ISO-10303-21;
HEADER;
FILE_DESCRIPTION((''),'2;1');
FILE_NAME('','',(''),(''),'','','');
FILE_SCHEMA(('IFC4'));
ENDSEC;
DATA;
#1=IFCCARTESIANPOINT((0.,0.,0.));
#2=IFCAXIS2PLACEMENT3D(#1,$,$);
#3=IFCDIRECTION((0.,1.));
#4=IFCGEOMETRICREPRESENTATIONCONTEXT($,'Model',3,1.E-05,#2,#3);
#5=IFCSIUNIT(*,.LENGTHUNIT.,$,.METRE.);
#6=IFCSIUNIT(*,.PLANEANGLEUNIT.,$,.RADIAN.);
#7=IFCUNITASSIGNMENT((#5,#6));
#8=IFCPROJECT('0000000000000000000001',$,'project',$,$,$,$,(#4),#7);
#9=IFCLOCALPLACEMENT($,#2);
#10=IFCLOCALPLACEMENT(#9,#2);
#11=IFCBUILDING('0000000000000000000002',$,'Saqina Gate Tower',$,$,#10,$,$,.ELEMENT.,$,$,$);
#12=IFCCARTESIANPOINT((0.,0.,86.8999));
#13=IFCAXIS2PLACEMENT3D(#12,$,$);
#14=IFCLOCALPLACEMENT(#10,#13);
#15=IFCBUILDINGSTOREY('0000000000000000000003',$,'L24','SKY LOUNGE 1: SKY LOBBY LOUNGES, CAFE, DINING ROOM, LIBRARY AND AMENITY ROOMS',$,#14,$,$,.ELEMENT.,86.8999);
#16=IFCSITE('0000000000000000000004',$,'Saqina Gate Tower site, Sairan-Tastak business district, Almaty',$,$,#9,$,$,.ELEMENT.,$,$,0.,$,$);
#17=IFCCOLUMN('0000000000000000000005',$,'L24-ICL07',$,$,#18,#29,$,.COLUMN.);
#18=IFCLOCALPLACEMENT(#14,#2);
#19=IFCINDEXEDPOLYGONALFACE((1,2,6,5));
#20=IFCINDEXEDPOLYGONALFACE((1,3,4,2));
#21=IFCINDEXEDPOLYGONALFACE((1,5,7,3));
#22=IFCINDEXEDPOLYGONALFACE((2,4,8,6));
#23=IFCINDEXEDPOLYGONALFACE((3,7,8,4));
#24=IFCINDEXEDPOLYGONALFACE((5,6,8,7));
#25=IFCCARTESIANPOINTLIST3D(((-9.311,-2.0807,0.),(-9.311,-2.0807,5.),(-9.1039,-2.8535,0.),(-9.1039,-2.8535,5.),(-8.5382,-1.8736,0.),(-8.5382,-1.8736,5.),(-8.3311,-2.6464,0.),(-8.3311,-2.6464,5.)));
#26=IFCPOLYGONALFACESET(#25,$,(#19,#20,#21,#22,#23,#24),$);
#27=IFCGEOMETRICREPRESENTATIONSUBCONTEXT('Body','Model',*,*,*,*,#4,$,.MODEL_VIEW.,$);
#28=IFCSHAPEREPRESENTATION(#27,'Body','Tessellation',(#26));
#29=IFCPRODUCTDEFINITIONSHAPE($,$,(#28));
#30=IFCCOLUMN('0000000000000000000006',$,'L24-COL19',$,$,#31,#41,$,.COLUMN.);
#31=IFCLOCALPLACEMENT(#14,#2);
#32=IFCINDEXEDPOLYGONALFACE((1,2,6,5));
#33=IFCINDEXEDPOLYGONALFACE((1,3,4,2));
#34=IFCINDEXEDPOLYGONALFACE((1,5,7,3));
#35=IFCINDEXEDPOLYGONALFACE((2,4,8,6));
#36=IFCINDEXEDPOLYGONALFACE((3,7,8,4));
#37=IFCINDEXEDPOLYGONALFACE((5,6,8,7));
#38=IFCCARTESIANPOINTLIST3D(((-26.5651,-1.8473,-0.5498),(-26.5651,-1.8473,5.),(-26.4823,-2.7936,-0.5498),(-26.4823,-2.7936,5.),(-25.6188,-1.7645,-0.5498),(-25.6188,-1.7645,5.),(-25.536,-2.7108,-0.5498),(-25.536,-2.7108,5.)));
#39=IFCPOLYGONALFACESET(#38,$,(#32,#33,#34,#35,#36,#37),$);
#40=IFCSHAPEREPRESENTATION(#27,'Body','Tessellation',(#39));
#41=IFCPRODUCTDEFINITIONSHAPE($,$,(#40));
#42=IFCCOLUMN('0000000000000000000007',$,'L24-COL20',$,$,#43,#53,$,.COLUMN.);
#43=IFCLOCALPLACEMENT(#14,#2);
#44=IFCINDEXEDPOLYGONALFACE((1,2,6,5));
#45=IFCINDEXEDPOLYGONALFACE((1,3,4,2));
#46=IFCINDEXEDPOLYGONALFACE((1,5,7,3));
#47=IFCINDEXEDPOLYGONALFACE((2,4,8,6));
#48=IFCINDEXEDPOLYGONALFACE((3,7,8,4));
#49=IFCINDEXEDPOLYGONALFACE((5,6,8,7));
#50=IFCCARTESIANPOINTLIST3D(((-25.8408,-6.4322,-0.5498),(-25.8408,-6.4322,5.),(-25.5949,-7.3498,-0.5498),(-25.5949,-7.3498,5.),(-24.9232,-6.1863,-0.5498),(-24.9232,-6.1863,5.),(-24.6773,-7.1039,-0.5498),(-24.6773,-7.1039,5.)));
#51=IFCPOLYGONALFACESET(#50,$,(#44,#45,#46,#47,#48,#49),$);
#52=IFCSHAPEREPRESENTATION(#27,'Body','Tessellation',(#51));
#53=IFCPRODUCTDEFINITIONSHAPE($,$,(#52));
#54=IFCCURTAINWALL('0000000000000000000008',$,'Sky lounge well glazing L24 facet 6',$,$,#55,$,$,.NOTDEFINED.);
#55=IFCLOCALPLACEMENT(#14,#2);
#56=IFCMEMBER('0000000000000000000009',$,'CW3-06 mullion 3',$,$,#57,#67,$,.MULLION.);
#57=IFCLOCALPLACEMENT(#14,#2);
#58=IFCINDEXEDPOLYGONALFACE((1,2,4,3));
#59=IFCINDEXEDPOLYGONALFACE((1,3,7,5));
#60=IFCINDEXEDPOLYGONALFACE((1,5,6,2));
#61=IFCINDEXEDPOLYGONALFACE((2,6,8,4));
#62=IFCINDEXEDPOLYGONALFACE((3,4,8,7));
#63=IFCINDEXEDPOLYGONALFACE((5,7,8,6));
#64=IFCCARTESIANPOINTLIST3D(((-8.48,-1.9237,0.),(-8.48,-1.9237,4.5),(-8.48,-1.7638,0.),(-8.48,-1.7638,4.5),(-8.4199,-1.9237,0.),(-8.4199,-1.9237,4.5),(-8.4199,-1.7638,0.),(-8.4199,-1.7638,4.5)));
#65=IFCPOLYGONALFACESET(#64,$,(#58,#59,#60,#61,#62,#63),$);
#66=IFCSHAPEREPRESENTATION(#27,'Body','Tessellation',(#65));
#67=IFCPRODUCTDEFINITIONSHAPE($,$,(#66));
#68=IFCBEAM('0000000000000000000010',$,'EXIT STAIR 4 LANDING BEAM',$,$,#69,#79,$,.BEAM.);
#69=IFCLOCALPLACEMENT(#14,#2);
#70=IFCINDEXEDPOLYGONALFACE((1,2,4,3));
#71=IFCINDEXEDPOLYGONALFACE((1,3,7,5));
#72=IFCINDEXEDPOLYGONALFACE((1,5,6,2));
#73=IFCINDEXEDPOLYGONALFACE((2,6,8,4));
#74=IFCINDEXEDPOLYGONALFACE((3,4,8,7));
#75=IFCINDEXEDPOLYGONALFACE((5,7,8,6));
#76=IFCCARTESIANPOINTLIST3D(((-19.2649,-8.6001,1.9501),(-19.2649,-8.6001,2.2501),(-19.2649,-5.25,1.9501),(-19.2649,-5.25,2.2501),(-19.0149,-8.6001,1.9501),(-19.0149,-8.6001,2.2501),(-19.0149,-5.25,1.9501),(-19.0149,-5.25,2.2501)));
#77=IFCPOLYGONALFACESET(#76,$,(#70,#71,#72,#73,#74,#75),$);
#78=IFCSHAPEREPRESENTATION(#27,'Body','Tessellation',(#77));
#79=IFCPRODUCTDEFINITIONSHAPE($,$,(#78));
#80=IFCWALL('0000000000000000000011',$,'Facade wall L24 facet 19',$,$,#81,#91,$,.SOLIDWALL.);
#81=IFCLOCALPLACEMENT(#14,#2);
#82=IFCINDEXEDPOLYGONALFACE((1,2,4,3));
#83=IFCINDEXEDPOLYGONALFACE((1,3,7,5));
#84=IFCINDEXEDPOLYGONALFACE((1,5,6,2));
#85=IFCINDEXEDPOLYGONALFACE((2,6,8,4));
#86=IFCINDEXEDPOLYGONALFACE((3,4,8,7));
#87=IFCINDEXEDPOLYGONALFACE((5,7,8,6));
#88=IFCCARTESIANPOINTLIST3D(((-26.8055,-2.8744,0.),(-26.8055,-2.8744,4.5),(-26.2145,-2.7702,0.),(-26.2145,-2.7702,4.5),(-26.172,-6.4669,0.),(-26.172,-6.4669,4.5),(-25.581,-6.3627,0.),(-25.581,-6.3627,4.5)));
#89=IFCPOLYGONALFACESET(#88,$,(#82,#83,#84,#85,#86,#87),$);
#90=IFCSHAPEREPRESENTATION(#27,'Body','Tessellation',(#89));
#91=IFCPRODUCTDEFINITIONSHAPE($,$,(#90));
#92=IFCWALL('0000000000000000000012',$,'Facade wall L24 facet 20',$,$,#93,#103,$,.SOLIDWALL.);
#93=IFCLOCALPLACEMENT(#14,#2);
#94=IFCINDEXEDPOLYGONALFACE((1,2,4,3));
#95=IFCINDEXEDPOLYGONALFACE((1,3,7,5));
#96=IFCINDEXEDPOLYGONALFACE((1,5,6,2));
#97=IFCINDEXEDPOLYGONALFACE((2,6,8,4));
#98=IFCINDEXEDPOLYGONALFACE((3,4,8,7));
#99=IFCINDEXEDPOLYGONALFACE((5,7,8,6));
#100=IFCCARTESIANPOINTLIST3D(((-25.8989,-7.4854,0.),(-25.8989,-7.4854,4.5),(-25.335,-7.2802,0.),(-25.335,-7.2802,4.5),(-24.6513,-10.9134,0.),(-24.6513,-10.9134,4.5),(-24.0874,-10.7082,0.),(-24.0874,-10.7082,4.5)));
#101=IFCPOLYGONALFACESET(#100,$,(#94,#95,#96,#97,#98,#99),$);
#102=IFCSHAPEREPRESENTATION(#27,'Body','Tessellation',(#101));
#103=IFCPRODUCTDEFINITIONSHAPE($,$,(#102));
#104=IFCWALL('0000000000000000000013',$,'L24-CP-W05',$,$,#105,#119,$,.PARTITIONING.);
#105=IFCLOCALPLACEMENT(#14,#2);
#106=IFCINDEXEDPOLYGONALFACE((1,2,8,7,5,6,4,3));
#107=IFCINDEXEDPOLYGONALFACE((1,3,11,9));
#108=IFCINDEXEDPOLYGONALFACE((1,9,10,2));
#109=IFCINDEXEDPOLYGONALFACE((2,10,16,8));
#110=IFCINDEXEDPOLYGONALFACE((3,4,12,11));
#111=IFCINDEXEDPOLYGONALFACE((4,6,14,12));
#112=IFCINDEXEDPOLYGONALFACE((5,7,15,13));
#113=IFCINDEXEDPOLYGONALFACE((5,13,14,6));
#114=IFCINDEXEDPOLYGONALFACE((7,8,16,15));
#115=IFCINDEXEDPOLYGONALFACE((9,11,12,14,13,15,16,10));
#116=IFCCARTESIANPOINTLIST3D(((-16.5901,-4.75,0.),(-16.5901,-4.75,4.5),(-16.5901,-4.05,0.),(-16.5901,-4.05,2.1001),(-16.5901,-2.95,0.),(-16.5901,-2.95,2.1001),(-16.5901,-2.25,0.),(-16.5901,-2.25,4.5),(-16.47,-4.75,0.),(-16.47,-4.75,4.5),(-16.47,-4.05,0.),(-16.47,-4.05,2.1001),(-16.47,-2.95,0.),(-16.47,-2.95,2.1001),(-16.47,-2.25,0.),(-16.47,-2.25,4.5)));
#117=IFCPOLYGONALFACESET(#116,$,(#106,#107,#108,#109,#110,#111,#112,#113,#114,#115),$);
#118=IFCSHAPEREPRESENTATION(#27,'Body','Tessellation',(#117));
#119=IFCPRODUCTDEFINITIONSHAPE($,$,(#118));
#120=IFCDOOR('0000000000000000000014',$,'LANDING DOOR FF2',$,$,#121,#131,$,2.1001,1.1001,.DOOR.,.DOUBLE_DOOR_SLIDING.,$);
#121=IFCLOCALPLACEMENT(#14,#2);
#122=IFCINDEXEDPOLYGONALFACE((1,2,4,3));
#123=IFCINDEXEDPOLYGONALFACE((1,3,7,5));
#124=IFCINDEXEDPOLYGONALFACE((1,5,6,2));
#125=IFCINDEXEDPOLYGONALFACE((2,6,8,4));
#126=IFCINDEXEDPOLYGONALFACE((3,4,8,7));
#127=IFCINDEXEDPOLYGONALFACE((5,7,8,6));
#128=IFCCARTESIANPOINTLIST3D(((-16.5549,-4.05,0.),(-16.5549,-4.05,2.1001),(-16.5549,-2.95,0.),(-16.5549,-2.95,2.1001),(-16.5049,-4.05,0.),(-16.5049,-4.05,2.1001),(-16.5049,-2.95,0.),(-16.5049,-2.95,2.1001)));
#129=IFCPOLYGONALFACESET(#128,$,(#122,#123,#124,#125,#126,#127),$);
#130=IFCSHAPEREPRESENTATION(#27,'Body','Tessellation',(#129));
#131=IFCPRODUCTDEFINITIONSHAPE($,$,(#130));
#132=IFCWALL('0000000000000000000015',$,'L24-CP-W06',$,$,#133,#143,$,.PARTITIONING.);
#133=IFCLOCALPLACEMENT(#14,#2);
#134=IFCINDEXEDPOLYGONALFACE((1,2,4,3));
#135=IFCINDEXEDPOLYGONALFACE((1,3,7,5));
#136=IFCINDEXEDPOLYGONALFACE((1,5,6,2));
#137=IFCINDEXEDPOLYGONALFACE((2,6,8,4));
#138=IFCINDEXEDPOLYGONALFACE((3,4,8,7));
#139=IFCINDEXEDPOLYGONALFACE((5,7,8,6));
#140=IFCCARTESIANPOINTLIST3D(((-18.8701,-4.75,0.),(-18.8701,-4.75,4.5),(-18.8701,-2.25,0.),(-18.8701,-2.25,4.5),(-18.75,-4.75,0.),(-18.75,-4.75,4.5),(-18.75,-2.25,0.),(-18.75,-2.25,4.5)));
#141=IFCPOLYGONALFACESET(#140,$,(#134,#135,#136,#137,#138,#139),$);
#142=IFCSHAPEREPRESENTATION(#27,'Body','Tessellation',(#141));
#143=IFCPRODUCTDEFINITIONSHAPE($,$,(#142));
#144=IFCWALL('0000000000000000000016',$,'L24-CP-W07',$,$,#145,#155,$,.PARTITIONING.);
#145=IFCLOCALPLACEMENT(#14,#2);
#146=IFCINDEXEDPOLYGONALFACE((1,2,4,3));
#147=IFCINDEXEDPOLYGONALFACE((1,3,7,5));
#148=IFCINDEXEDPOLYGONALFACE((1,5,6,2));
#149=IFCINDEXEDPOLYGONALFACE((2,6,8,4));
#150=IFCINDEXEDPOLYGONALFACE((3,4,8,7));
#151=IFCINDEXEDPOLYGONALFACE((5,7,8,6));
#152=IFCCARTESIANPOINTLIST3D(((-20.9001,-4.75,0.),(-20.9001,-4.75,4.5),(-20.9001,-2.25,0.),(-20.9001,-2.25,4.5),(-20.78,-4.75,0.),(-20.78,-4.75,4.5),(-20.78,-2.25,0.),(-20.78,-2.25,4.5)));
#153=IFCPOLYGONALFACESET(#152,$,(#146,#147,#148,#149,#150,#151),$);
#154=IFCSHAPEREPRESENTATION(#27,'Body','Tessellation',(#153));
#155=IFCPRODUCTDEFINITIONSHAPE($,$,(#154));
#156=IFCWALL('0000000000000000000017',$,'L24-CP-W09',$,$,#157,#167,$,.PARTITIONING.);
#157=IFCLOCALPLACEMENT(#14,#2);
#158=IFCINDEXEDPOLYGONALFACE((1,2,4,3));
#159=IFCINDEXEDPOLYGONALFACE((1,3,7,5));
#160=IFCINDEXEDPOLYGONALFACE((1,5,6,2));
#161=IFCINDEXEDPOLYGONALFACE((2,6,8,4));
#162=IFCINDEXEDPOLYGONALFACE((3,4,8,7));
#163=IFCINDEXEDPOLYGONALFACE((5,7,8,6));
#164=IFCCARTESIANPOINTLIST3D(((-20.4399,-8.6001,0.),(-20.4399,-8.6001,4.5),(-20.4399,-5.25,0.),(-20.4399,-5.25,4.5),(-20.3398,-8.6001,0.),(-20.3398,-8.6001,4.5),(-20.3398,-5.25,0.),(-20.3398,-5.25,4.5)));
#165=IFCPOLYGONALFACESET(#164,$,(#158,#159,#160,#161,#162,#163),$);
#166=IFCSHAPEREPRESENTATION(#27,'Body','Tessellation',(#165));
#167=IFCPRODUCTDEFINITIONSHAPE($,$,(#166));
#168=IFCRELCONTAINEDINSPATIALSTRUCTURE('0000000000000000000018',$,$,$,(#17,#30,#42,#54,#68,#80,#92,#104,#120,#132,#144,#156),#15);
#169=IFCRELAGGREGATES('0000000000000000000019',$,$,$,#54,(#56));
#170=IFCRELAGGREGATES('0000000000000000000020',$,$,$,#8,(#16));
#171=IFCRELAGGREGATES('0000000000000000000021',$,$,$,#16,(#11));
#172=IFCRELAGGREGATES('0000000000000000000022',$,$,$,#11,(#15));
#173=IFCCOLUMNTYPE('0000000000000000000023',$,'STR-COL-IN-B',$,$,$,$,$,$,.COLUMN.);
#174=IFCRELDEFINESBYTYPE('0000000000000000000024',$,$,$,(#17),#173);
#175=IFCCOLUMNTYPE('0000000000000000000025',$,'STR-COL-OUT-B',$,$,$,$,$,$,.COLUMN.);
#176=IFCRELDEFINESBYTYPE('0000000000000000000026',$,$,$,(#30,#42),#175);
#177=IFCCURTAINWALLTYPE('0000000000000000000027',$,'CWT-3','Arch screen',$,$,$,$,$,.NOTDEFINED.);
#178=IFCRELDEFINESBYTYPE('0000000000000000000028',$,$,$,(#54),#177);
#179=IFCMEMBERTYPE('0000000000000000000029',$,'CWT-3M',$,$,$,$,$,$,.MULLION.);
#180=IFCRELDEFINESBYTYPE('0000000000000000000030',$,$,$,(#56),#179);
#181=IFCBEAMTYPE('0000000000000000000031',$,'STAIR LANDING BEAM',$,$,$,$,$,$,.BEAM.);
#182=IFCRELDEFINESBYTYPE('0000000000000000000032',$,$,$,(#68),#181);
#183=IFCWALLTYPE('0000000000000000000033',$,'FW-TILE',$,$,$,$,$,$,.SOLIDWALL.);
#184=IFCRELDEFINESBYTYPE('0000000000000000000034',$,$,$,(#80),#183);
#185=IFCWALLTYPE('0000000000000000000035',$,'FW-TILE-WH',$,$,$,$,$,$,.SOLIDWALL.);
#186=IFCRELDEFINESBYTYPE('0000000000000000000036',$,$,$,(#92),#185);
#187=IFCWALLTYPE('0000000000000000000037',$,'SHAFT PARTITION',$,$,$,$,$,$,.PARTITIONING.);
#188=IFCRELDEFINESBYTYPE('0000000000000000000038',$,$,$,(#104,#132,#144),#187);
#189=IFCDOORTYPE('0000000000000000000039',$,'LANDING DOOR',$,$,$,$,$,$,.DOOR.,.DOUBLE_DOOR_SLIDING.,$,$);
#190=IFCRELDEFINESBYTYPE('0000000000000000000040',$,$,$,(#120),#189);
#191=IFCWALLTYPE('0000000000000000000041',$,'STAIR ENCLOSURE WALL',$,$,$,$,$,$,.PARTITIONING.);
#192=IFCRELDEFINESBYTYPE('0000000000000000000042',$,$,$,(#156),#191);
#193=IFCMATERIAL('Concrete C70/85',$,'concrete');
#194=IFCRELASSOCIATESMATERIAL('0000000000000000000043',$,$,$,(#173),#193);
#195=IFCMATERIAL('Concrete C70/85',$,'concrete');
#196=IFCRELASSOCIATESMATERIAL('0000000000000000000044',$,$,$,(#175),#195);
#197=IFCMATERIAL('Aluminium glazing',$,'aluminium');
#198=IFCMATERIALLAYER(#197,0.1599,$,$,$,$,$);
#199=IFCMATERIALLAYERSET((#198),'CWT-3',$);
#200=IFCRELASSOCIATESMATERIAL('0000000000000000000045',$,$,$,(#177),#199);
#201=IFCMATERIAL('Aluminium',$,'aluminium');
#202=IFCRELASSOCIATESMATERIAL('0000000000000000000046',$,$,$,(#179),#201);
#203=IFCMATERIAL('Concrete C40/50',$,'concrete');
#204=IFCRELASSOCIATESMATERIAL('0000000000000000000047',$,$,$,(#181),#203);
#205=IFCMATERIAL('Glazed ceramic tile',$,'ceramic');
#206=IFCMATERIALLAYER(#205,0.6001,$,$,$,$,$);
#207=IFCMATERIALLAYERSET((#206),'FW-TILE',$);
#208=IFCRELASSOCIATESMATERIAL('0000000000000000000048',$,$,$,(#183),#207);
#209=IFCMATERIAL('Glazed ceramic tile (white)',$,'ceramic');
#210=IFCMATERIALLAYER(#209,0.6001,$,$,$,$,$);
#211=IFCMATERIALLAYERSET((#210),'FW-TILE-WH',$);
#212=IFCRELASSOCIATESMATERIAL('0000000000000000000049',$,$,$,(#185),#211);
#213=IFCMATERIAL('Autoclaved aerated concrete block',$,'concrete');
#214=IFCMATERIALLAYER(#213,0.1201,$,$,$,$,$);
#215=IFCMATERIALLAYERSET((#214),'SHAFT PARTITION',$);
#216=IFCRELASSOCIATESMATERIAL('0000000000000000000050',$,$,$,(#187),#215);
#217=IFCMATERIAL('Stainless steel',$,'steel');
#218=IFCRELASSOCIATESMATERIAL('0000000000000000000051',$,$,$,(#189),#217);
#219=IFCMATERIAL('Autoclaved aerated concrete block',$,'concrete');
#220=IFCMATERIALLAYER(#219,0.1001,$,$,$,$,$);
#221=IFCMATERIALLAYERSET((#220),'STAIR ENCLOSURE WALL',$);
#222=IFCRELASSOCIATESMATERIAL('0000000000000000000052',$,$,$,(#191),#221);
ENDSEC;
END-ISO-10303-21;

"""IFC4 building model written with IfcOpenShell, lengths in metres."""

from ifc_helpers import new_model, si_unit, direction, frame, frame_2d, origin, origin_2d, place, context, subcontext, project, spatial, rectangle, extrude, material, layer, layer_set, material_profile, profile_set, type_object, element, fill, aggregate, save


model = new_model("IFC4")

# Units and contexts
model_context = context("Model", 3, precision=1e-05, world=origin(), true_north=direction((0.0, 1.0)))
body_context = subcontext(model_context, "Body", "Model", "MODEL_VIEW")
ifc_project = project(units=[si_unit("LENGTHUNIT", "METRE"), si_unit("PLANEANGLEUNIT", "RADIAN")], contexts=[model_context])

# Site, building, storey
site_placement = place(None, origin())
site = spatial("IfcSite", under=ifc_project, at=site_placement, Name="Saqina Gate Tower site, Sairan-Tastak business district, Almaty", CompositionType="ELEMENT", RefElevation=0.0)
building_placement = place(site_placement, origin())
building = spatial("IfcBuilding", under=site, at=building_placement, Name="Saqina Gate Tower", CompositionType="ELEMENT")
storey_placement = place(building_placement, frame((0.0, 0.0, 86.8999)))
storey = spatial("IfcBuildingStorey", under=building, at=storey_placement, Name="L24", Description="SKY LOUNGE 1: SKY LOBBY LOUNGES, CAFE, DINING ROOM, LIBRARY AND AMENITY ROOMS", CompositionType="ELEMENT", Elevation=86.8999)

# Columns
ifc_material_1 = material(Name="Concrete C70/85", Category="concrete")
ifc_material_profile_1 = material_profile(ifc_material_1, rectangle(XDim=0.8, YDim=0.8, at=origin_2d()), Name="RC 800x800")
ifc_profile_set_1 = profile_set([ifc_material_profile_1], Name="Concrete C70/85")
column_type_1 = type_object("IfcColumnType", Name="STR-COL-IN-B", PredefinedType="COLUMN", material=ifc_profile_set_1)
column_placement = place(storey_placement, frame((-8.821, -2.3635, 0.0), z_axis=(0.0, 0.0, 1.0), x_axis=(-0.965926, -0.258819, 0.0)))
element("IfcColumn", 1, at=column_placement, inside=storey, type_object=column_type_1, Name="L24-ICL07", PredefinedType="COLUMN", context=body_context, shape_type="SweptSolid", body=[
    extrude(rectangle(XDim=0.8, YDim=0.8, at=origin_2d()), origin(), (0.0, 0.0, 1.0), 5.0),
])
ifc_material_2 = material(Name="Concrete C70/85", Category="concrete")
ifc_material_profile_2 = material_profile(ifc_material_2, rectangle(XDim=0.95, YDim=0.95, at=origin_2d()), Name="RC 950x950")
ifc_profile_set_2 = profile_set([ifc_material_profile_2], Name="Concrete C70/85")
column_type_2 = type_object("IfcColumnType", Name="STR-COL-OUT-B", PredefinedType="COLUMN", material=ifc_profile_set_2)
for number, where, z_axis, x_axis, name in (
    (2, (-26.0505, -2.2791, -0.5498), (0.0, 0.0, 1.0), (-0.996195, -0.087156, 0.0), "L24-COL19"),
    (3, (-25.259, -6.7681, -0.5498), (0.0, 0.0, 1.0), (-0.965926, -0.258819, 0.0), "L24-COL20"),
):
    element("IfcColumn", number, at=place(storey_placement, frame(where, z_axis=z_axis, x_axis=x_axis)), inside=storey, type_object=column_type_2, Name=name, PredefinedType="COLUMN", context=body_context, shape_type="SweptSolid", body=[
        extrude(rectangle(XDim=0.95, YDim=0.95, at=origin_2d()), origin(), (0.0, 0.0, 1.0), 5.5498),
    ])

# Curtain wall, member
ifc_material_3 = material(Name="Aluminium glazing", Category="aluminium")
ifc_layer_1 = layer(ifc_material_3, 0.1599)
ifc_layer_set_1 = layer_set([ifc_layer_1], Name="CWT-3")
curtain_wall_type = type_object("IfcCurtainWallType", Name="CWT-3", Description="Arch screen", PredefinedType="NOTDEFINED", material=ifc_layer_set_1)
curtain_wall_placement = place(storey_placement, origin())
curtain_wall = element("IfcCurtainWall", 4, at=curtain_wall_placement, inside=storey, type_object=curtain_wall_type, Name="Sky lounge well glazing L24 facet 6", PredefinedType="NOTDEFINED")
ifc_material_4 = material(Name="Aluminium", Category="aluminium")
ifc_material_profile_3 = material_profile(ifc_material_4, rectangle(XDim=0.0601, YDim=0.1599, at=origin_2d()), Name="Aluminium 60x160")
ifc_profile_set_3 = profile_set([ifc_material_profile_3], Name="Aluminium")
member_type = type_object("IfcMemberType", Name="CWT-3M", PredefinedType="MULLION", material=ifc_profile_set_3)
member_placement = place(storey_placement, frame((-8.45, -1.8438, 0.0), z_axis=(0.0, 0.0, 1.0), x_axis=(1.0, 0.0, 0.0)))
member = element("IfcMember", 5, at=member_placement, type_object=member_type, Name="CW3-06 mullion 3", PredefinedType="MULLION", context=body_context, shape_type="SweptSolid", body=[
    extrude(rectangle(XDim=0.0601, YDim=0.1599, at=origin_2d()), origin(), (0.0, 0.0, 1.0), 4.5),
])
aggregate(curtain_wall, [member])

# Beam
ifc_material_5 = material(Name="Concrete C40/50", Category="concrete")
ifc_material_profile_4 = material_profile(ifc_material_5, rectangle(XDim=0.25, YDim=0.3, at=origin_2d()), Name="STAIR LANDING BEAM")
ifc_profile_set_4 = profile_set([ifc_material_profile_4], Name="Concrete C40/50")
beam_type = type_object("IfcBeamType", Name="STAIR LANDING BEAM", PredefinedType="BEAM", material=ifc_profile_set_4)
beam_placement = place(storey_placement, frame((-19.1399, -8.6001, 2.1001), z_axis=(0.0, 1.0, 0.0), x_axis=(-1.0, 0.0, 0.0)))
element("IfcBeam", 6, at=beam_placement, inside=storey, type_object=beam_type, Name="EXIT STAIR 4 LANDING BEAM", PredefinedType="BEAM", context=body_context, shape_type="SweptSolid", body=[
    extrude(rectangle(XDim=0.25, YDim=0.3, at=origin_2d()), origin(), (0.0, 0.0, 1.0), 3.3501),
])

# Walls
ifc_material_6 = material(Name="Glazed ceramic tile", Category="ceramic")
ifc_layer_2 = layer(ifc_material_6, 0.6001)
ifc_layer_set_2 = layer_set([ifc_layer_2], Name="FW-TILE")
wall_type_1 = type_object("IfcWallType", Name="FW-TILE", PredefinedType="SOLIDWALL", material=ifc_layer_set_2)
wall_1_placement = place(storey_placement, frame((-26.51, -2.8223, 0.0), z_axis=(0.0, 0.0, 1.0), x_axis=(0.173671, -0.984804, 0.0)))
element("IfcWall", 7, at=wall_1_placement, inside=storey, type_object=wall_type_1, Name="Facade wall L24 facet 19", PredefinedType="SOLIDWALL", context=body_context, shape_type="SweptSolid", body=[
    extrude(rectangle(XDim=3.6479, YDim=0.6001, at=frame_2d((1.824, 0.0))), origin(), (0.0, 0.0, 1.0), 4.5),
])
ifc_material_7 = material(Name="Glazed ceramic tile (white)", Category="ceramic")
ifc_layer_3 = layer(ifc_material_7, 0.6001)
ifc_layer_set_3 = layer_set([ifc_layer_3], Name="FW-TILE-WH")
wall_type_2 = type_object("IfcWallType", Name="FW-TILE-WH", PredefinedType="SOLIDWALL", material=ifc_layer_set_3)
wall_2_placement = place(storey_placement, frame((-25.6169, -7.3828, 0.0), z_axis=(0.0, 0.0, 1.0), x_axis=(0.34199, -0.939704, 0.0)))
element("IfcWall", 8, at=wall_2_placement, inside=storey, type_object=wall_type_2, Name="Facade wall L24 facet 20", PredefinedType="SOLIDWALL", context=body_context, shape_type="SweptSolid", body=[
    extrude(rectangle(XDim=3.6479, YDim=0.6001, at=frame_2d((1.824, 0.0))), origin(), (0.0, 0.0, 1.0), 4.5),
])

# Wall, opening, door
ifc_material_8 = material(Name="Autoclaved aerated concrete block", Category="concrete")
ifc_layer_4 = layer(ifc_material_8, 0.1201)
ifc_layer_set_4 = layer_set([ifc_layer_4], Name="SHAFT PARTITION")
wall_type_3 = type_object("IfcWallType", Name="SHAFT PARTITION", PredefinedType="PARTITIONING", material=ifc_layer_set_4)
wall_3_placement = place(storey_placement, frame((-16.53, -4.75, 0.0), z_axis=(0.0, 0.0, 1.0), x_axis=(0.0, 1.0, 0.0)))
wall_3 = element("IfcWall", 9, at=wall_3_placement, inside=storey, type_object=wall_type_3, Name="L24-CP-W05", PredefinedType="PARTITIONING", context=body_context, shape_type="SweptSolid", body=[
    extrude(rectangle(XDim=2.5, YDim=0.1201, at=frame_2d((1.25, 0.0))), origin(), (0.0, 0.0, 1.0), 4.5),
])
opening_1_placement = place(wall_3_placement, frame((0.7, 0.0, 0.0)))
opening_1 = element("IfcOpeningElement", 10, at=opening_1_placement, cuts=wall_3, PredefinedType="OPENING", context=body_context, shape_type="SweptSolid", body=[
    extrude(rectangle(XDim=1.1001, YDim=2.1001, at=frame_2d((0.55, 1.05))), frame((0.0, 0.072, 0.0), z_axis=(0.0, -1.0, 0.0), x_axis=(1.0, 0.0, 0.0)), (0.0, 0.0, 1.0), 0.144),
])
ifc_material_9 = material(Name="Stainless steel", Category="steel")
door_type_1 = type_object("IfcDoorType", Name="LANDING DOOR", OperationType="DOUBLE_DOOR_SLIDING", PredefinedType="DOOR", material=ifc_material_9)
door_1_placement = place(opening_1_placement, origin())
door_1 = element("IfcDoor", 11, at=door_1_placement, inside=storey, type_object=door_type_1, Name="LANDING DOOR FF2", OperationType="DOUBLE_DOOR_SLIDING", OverallHeight=2.1001, OverallWidth=1.1001, PredefinedType="DOOR", context=body_context, shape_type="SweptSolid", body=[
    extrude(rectangle(XDim=1.1001, YDim=2.1001, at=frame_2d((0.55, 1.05))), frame((0.0, 0.0249, 0.0), z_axis=(0.0, -1.0, 0.0), x_axis=(1.0, 0.0, 0.0)), (0.0, 0.0, 1.0), 0.05),
])
fill(opening_1, door_1)

# Walls
for number, where, z_axis, x_axis, name in (
    (12, (-18.8101, -4.75, 0.0), (0.0, 0.0, 1.0), (0.0, 1.0, 0.0), "L24-CP-W06"),
    (13, (-20.8401, -4.75, 0.0), (0.0, 0.0, 1.0), (0.0, 1.0, 0.0), "L24-CP-W07"),
):
    element("IfcWall", number, at=place(storey_placement, frame(where, z_axis=z_axis, x_axis=x_axis)), inside=storey, type_object=wall_type_3, Name=name, PredefinedType="PARTITIONING", context=body_context, shape_type="SweptSolid", body=[
        extrude(rectangle(XDim=2.5, YDim=0.1201, at=frame_2d((1.25, 0.0))), origin(), (0.0, 0.0, 1.0), 4.5),
    ])
ifc_material_10 = material(Name="Autoclaved aerated concrete block", Category="concrete")
ifc_layer_5 = layer(ifc_material_10, 0.1001)
ifc_layer_set_5 = layer_set([ifc_layer_5], Name="STAIR ENCLOSURE WALL")
wall_type_4 = type_object("IfcWallType", Name="STAIR ENCLOSURE WALL", PredefinedType="PARTITIONING", material=ifc_layer_set_5)
wall_4_placement = place(storey_placement, frame((-20.3899, -8.6001, 0.0), z_axis=(0.0, 0.0, 1.0), x_axis=(0.0, 1.0, 0.0)))
element("IfcWall", 14, at=wall_4_placement, inside=storey, type_object=wall_type_4, Name="L24-CP-W09", PredefinedType="PARTITIONING", context=body_context, shape_type="SweptSolid", body=[
    extrude(rectangle(XDim=3.3501, YDim=0.1001, at=frame_2d((1.675, 0.0))), origin(), (0.0, 0.0, 1.0), 4.5),
])

save(model, "model.ifc")
